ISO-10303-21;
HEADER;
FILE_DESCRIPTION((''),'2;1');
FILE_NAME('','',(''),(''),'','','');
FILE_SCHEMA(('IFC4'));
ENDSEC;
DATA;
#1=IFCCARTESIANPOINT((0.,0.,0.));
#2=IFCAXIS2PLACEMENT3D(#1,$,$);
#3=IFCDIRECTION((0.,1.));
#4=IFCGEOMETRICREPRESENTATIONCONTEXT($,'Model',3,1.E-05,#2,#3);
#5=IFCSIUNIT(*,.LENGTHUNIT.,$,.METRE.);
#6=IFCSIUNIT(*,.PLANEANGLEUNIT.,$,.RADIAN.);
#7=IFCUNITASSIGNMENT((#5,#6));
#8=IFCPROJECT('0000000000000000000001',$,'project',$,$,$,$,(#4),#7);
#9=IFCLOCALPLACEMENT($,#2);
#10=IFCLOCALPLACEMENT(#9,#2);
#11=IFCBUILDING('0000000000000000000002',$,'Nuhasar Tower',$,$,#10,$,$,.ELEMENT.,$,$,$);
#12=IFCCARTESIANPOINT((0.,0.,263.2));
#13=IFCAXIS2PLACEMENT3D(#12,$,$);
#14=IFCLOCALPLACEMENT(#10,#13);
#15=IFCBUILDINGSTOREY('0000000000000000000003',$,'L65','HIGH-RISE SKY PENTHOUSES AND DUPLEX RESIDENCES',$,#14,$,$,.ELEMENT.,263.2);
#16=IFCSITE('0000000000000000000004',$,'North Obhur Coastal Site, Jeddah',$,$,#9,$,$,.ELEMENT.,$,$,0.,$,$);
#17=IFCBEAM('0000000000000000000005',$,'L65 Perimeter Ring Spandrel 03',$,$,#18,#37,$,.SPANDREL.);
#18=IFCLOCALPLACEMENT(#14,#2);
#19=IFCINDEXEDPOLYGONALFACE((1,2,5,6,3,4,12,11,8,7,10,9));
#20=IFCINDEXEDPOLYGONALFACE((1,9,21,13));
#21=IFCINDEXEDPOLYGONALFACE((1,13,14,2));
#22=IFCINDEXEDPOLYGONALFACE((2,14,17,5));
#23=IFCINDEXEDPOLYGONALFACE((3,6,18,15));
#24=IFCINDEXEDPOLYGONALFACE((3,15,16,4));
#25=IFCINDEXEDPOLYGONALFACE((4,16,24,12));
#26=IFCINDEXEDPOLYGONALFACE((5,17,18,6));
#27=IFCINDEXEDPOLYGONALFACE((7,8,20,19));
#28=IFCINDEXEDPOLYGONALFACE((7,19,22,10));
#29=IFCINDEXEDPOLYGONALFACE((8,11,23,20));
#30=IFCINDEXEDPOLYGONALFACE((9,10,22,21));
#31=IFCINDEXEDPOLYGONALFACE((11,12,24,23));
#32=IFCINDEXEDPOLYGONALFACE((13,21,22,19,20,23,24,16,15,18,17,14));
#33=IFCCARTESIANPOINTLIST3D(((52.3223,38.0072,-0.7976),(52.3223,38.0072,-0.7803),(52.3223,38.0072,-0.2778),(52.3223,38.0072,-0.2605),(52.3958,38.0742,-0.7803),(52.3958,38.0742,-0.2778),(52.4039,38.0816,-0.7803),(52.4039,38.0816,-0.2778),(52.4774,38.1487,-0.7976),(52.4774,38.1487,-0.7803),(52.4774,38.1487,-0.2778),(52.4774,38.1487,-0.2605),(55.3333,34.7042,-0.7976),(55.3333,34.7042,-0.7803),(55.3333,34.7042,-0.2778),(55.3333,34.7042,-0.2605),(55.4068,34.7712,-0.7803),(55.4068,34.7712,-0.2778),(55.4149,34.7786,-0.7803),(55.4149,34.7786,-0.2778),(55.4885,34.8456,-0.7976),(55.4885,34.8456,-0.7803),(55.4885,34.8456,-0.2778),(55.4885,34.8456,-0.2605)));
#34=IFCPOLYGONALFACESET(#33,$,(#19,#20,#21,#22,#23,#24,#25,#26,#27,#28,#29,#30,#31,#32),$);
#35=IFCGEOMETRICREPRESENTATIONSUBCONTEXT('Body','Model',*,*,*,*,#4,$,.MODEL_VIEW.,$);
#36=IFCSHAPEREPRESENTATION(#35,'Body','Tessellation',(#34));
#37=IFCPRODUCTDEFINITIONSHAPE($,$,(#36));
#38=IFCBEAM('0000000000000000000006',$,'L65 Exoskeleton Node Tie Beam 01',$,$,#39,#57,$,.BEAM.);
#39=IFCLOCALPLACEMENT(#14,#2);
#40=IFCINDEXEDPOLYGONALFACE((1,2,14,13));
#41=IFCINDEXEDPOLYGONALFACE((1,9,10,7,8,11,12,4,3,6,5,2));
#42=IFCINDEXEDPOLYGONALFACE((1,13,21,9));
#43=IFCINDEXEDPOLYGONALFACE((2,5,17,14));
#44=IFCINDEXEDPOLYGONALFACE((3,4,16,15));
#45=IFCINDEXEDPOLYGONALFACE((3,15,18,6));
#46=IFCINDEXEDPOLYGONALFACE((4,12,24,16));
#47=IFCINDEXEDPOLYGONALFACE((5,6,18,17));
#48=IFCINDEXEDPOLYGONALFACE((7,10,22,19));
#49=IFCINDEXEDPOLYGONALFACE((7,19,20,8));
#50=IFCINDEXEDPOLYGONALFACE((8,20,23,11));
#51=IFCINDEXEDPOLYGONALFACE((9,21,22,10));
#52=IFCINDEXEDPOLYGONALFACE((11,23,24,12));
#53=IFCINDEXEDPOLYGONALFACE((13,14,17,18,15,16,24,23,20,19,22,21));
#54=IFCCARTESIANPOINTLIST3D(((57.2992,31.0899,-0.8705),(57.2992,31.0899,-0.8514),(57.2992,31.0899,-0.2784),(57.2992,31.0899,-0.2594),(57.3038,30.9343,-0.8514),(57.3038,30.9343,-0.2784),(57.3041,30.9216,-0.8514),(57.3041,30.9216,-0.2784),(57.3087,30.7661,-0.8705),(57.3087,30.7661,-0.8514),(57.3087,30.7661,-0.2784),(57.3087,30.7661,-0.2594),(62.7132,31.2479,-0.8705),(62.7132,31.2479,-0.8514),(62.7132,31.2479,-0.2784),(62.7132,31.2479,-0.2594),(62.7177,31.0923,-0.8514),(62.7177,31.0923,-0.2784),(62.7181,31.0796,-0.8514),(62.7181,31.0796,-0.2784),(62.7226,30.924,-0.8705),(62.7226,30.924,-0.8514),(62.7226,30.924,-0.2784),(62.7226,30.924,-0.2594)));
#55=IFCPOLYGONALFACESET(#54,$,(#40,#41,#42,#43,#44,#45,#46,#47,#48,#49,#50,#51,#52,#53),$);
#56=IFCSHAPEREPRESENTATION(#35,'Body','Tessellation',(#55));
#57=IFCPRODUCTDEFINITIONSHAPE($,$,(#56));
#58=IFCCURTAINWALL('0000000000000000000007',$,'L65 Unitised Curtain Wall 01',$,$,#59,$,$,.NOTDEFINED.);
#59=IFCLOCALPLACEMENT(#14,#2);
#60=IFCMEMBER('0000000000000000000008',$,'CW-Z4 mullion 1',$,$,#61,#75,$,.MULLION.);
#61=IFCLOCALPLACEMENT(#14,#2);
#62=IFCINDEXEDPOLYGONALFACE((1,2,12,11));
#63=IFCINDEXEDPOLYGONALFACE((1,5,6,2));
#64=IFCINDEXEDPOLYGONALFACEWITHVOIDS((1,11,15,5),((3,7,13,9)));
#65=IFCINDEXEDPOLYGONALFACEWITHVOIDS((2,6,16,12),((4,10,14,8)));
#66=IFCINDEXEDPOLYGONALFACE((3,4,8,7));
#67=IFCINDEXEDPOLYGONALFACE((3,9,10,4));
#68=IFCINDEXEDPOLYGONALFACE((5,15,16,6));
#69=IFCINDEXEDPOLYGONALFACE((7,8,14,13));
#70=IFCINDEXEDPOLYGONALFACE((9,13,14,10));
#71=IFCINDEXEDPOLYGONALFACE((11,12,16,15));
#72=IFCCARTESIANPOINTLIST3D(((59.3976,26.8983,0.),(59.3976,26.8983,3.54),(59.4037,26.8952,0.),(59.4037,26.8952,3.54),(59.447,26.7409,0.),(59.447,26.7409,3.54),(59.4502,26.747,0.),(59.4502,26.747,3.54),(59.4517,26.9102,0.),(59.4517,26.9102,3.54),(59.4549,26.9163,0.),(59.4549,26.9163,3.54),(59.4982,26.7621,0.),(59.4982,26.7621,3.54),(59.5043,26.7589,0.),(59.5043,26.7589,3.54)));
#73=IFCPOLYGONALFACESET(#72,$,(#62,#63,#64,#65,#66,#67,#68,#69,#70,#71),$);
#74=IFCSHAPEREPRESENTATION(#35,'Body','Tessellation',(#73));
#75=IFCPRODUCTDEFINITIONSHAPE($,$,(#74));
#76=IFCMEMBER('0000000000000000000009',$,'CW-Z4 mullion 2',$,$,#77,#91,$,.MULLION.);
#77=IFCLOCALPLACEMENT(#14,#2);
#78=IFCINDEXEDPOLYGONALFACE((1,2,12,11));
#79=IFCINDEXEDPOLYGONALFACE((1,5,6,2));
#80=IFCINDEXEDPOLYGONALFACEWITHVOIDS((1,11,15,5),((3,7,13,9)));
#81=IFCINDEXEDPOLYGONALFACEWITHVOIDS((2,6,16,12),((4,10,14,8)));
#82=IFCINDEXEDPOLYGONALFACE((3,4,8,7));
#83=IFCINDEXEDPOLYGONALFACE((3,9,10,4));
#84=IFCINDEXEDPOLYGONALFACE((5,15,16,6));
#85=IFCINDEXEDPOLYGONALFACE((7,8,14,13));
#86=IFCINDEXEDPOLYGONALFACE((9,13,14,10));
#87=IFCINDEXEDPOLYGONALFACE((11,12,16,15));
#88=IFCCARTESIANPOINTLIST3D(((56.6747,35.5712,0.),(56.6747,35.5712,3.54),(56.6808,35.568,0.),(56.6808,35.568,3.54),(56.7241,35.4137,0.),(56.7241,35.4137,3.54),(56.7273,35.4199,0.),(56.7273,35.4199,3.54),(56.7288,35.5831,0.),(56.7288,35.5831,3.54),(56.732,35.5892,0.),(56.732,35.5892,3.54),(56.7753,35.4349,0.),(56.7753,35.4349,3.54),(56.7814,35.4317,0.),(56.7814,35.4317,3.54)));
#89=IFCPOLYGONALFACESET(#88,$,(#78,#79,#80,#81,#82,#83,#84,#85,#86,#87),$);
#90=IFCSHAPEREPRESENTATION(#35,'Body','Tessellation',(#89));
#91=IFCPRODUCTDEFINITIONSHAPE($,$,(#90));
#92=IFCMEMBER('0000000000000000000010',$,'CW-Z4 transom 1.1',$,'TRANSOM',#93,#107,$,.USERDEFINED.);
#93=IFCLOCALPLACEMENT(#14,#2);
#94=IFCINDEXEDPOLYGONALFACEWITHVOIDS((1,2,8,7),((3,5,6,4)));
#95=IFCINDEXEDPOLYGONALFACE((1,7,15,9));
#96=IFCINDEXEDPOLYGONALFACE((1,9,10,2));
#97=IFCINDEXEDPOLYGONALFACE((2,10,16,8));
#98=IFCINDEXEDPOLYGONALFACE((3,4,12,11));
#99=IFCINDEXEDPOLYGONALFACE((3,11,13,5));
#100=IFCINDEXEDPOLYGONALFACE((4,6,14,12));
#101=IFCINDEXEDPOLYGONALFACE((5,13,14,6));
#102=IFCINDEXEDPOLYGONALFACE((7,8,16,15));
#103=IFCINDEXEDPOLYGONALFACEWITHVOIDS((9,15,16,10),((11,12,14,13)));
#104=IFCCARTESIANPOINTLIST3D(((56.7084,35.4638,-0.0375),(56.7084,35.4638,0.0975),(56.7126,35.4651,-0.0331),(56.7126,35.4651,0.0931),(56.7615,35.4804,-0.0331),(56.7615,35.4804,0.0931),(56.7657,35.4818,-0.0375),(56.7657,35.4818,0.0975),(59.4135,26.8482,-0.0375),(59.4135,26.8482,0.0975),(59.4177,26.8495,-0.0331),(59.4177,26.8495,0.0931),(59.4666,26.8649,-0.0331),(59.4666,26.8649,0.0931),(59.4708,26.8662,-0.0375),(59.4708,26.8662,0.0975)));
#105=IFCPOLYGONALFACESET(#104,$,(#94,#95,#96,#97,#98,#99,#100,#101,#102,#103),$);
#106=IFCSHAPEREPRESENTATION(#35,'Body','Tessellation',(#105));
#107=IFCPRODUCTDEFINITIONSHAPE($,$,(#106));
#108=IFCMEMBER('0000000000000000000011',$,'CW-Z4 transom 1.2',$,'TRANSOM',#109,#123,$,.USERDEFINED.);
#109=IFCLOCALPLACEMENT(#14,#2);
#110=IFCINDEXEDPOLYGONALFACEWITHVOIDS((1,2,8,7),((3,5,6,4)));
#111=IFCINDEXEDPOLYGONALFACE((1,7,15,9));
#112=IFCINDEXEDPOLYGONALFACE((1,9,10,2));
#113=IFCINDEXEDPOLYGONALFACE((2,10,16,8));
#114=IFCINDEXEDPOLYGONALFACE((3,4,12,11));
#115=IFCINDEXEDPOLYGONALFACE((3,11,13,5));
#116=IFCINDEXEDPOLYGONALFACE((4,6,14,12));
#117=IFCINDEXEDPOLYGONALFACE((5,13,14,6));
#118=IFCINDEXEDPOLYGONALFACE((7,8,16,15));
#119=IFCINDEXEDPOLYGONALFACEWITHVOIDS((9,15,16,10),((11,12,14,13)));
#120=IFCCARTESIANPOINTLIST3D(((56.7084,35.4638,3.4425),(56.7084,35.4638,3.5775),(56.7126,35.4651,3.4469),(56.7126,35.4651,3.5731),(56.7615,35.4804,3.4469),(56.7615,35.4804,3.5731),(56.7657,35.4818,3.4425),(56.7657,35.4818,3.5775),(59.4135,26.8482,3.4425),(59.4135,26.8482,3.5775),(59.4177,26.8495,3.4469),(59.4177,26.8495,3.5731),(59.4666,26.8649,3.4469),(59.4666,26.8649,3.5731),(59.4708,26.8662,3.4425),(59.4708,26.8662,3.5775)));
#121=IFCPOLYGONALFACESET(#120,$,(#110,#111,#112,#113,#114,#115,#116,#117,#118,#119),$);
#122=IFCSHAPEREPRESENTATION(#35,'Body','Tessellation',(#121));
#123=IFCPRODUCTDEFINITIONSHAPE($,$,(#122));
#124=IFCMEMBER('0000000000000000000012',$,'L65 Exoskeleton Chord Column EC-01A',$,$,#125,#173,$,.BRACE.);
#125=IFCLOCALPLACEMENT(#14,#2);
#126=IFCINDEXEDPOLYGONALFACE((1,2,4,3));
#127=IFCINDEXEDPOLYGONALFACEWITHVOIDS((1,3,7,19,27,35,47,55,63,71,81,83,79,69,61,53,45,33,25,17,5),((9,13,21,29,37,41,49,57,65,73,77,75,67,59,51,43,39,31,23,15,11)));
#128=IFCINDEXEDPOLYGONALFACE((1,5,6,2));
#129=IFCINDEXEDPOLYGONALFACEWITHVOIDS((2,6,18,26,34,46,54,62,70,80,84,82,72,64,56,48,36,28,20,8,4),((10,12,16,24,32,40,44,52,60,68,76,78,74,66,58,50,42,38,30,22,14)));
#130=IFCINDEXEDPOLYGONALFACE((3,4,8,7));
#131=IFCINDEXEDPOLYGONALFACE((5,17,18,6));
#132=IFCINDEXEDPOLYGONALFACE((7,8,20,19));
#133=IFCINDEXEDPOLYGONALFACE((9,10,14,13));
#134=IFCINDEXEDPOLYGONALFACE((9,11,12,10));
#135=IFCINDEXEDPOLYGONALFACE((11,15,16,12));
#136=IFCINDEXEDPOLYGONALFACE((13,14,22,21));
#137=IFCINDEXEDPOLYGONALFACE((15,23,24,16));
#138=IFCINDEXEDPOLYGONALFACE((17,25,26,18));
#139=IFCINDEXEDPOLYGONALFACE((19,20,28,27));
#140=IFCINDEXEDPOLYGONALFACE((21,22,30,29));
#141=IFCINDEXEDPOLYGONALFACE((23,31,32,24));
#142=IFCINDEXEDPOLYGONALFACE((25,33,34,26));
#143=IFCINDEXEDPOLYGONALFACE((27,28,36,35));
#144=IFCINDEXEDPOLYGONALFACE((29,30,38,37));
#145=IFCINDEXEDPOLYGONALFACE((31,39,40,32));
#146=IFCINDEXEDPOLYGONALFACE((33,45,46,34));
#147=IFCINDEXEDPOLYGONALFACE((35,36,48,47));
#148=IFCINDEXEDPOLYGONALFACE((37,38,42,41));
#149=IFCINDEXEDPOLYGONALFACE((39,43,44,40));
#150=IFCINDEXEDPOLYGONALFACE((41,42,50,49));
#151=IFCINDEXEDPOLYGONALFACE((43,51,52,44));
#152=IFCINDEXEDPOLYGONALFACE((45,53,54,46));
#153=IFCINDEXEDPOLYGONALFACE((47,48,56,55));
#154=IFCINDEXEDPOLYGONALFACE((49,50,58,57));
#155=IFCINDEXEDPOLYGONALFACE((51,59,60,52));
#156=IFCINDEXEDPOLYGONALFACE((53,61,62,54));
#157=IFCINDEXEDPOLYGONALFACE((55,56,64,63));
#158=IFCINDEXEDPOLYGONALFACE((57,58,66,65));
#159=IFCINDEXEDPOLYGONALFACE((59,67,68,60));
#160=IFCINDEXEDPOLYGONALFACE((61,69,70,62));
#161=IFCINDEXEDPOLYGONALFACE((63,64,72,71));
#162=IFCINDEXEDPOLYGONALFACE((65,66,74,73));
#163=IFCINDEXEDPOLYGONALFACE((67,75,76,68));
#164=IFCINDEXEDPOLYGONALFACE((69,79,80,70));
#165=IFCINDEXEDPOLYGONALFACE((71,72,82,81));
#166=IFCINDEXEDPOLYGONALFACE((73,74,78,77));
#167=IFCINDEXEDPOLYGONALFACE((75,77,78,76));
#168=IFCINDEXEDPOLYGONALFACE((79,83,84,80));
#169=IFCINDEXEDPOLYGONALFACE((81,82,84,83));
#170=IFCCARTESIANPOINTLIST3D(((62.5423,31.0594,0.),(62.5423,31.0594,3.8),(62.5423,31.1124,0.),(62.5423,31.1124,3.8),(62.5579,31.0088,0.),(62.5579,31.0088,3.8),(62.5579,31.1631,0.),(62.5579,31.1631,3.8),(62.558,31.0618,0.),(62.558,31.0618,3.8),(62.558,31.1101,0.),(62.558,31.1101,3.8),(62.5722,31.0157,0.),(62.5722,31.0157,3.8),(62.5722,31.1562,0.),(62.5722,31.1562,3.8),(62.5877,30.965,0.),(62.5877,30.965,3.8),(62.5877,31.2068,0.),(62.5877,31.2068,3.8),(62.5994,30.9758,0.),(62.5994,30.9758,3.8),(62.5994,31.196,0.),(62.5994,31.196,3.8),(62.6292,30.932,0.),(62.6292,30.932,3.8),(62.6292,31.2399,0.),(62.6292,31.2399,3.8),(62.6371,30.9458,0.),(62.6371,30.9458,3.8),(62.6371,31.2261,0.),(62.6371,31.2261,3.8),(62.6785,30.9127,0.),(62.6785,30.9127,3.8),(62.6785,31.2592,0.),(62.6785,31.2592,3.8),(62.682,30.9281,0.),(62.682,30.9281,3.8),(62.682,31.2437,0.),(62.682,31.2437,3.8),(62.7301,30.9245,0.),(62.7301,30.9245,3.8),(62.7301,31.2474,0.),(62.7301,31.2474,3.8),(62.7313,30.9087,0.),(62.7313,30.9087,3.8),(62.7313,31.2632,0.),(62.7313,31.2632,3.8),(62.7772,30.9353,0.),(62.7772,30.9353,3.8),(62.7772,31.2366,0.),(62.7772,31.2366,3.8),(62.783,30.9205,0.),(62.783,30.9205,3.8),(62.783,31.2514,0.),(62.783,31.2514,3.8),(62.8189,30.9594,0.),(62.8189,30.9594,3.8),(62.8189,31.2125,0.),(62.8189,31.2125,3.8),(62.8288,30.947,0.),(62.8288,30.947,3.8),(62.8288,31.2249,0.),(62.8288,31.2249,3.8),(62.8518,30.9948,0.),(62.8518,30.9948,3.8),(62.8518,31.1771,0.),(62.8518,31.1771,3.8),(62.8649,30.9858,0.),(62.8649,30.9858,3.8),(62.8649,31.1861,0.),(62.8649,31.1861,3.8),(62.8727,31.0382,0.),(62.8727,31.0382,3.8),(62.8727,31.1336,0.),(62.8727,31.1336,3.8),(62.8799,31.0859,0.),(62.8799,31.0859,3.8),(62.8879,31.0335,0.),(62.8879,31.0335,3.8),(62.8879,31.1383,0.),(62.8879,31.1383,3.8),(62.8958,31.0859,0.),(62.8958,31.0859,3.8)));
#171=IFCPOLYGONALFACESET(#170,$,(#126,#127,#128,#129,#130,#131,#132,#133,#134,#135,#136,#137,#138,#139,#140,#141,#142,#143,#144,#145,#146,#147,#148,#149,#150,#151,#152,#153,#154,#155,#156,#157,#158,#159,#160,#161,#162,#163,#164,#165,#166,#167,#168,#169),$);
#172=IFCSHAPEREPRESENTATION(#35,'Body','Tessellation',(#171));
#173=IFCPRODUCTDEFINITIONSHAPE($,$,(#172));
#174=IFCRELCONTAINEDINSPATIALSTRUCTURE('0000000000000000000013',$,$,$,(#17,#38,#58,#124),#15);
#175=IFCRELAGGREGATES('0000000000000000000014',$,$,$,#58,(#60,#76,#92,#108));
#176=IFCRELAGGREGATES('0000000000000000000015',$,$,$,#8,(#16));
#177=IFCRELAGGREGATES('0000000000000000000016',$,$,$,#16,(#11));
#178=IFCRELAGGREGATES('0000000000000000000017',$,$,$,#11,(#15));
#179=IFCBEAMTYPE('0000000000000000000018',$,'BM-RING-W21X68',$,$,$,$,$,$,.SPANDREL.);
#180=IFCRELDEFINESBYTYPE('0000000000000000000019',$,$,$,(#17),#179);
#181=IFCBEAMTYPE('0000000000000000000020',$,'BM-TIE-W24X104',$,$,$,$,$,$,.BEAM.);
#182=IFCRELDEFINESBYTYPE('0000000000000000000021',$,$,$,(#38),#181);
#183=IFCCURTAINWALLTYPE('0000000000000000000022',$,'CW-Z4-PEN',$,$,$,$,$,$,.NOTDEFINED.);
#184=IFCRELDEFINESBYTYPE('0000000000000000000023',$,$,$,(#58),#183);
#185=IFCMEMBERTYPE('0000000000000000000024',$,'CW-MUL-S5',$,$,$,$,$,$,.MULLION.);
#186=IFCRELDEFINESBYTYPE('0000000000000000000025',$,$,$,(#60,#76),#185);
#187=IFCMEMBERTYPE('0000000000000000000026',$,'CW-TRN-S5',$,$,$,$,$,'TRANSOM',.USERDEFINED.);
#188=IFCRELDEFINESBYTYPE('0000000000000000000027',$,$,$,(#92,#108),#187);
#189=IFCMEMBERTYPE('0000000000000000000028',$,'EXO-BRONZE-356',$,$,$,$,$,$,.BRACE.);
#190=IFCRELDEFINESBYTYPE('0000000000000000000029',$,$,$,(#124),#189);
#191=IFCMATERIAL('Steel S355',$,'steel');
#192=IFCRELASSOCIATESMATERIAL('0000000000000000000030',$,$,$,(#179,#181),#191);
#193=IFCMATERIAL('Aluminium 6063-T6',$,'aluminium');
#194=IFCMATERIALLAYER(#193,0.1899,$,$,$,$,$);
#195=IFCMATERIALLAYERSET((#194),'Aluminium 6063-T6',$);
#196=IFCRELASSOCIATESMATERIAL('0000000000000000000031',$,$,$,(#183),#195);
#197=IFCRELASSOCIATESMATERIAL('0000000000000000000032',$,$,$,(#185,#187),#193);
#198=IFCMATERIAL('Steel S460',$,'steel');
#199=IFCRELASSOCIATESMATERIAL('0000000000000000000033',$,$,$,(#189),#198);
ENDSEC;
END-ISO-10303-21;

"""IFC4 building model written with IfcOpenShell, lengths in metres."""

from ifc_helpers import new_model, si_unit, direction, frame, origin, origin_2d, place, context, subcontext, project, spatial, hollow_rectangle, hollow_circle, i_section, extrude, material, layer, layer_set, material_profile, profile_set, type_object, element, aggregate, save


model = new_model("IFC4")

# Units and contexts
model_context = context("Model", 3, precision=1e-05, world=origin(), true_north=direction((0.0, 1.0)))
body_context = subcontext(model_context, "Body", "Model", "MODEL_VIEW")
ifc_project = project(units=[si_unit("LENGTHUNIT", "METRE"), si_unit("PLANEANGLEUNIT", "RADIAN")], contexts=[model_context])

# Site, building, storey
site_placement = place(None, origin())
site = spatial("IfcSite", under=ifc_project, at=site_placement, Name="North Obhur Coastal Site, Jeddah", CompositionType="ELEMENT", RefElevation=0.0)
building_placement = place(site_placement, origin())
building = spatial("IfcBuilding", under=site, at=building_placement, Name="Nuhasar Tower", CompositionType="ELEMENT")
storey_placement = place(building_placement, frame((0.0, 0.0, 263.2)))
storey = spatial("IfcBuildingStorey", under=building, at=storey_placement, Name="L65", Description="HIGH-RISE SKY PENTHOUSES AND DUPLEX RESIDENCES", CompositionType="ELEMENT", Elevation=263.2)

# Beams
ifc_material_1 = material(Name="Steel S355", Category="steel")
ifc_material_profile_1 = material_profile(ifc_material_1, i_section(OverallWidth=0.21, OverallDepth=0.5371, WebThickness=0.011, FlangeThickness=0.0173, at=origin_2d()), Name="W21X68")
ifc_profile_set_1 = profile_set([ifc_material_profile_1], Name="Steel S355")
beam_type_1 = type_object("IfcBeamType", Name="BM-RING-W21X68", PredefinedType="SPANDREL", material=ifc_profile_set_1)
beam_1_placement = place(storey_placement, frame((55.4109, 34.7749, -0.5291), z_axis=(-0.673686, 0.739017, 0.0), x_axis=(-0.739017, -0.673686, 0.0)))
element("IfcBeam", 1, at=beam_1_placement, inside=storey, type_object=beam_type_1, Name="L65 Perimeter Ring Spandrel 03", PredefinedType="SPANDREL", context=body_context, shape_type="SweptSolid", body=[
    extrude(i_section(OverallWidth=0.21, OverallDepth=0.5371, WebThickness=0.011, FlangeThickness=0.0173, at=origin_2d()), origin(), (0.0, 0.0, 1.0), 4.4695),
])
ifc_material_profile_2 = material_profile(ifc_material_1, i_section(OverallWidth=0.324, OverallDepth=0.6111, WebThickness=0.0127, FlangeThickness=0.019, at=origin_2d()), Name="W24X104")
ifc_profile_set_2 = profile_set([ifc_material_profile_2], Name="Steel S355")
beam_type_2 = type_object("IfcBeamType", Name="BM-TIE-W24X104", PredefinedType="BEAM", material=ifc_profile_set_2)
beam_2_placement = place(storey_placement, frame((57.304, 30.928, -0.5649), z_axis=(0.999575, 0.029163, 0.0), x_axis=(-0.029163, 0.999575, 0.0)))
element("IfcBeam", 2, at=beam_2_placement, inside=storey, type_object=beam_type_2, Name="L65 Exoskeleton Node Tie Beam 01", PredefinedType="BEAM", context=body_context, shape_type="SweptSolid", body=[
    extrude(i_section(OverallWidth=0.324, OverallDepth=0.6111, WebThickness=0.0127, FlangeThickness=0.019, at=origin_2d()), origin(), (0.0, 0.0, 1.0), 5.4163),
])

# Curtain wall, members
ifc_material_2 = material(Name="Aluminium 6063-T6", Category="aluminium")
ifc_layer_1 = layer(ifc_material_2, 0.1899)
ifc_layer_set_1 = layer_set([ifc_layer_1], Name="Aluminium 6063-T6")
curtain_wall_type = type_object("IfcCurtainWallType", Name="CW-Z4-PEN", PredefinedType="NOTDEFINED", material=ifc_layer_set_1)
curtain_wall_placement = place(storey_placement, origin())
curtain_wall = element("IfcCurtainWall", 3, at=curtain_wall_placement, inside=storey, type_object=curtain_wall_type, Name="L65 Unitised Curtain Wall 01", PredefinedType="NOTDEFINED")
ifc_material_profile_3 = material_profile(ifc_material_2, hollow_rectangle(XDim=0.0601, YDim=0.165, WallThickness=0.0049, at=origin_2d()), Name="CWM-5")
ifc_profile_set_3 = profile_set([ifc_material_profile_3], Name="Aluminium 6063-T6")
member_type_1 = type_object("IfcMemberType", Name="CW-MUL-S5", PredefinedType="MULLION", material=ifc_profile_set_3)
member_1_placement = place(storey_placement, frame((59.4509, 26.8286, 0.0), z_axis=(0.0, 0.0, 1.0), x_axis=(-0.954079, -0.299557, 0.0)))
member_1 = element("IfcMember", 4, at=member_1_placement, type_object=member_type_1, Name="CW-Z4 mullion 1", PredefinedType="MULLION", context=body_context, shape_type="SweptSolid", body=[
    extrude(hollow_rectangle(XDim=0.0601, YDim=0.165, WallThickness=0.0049, at=origin_2d()), origin(), (0.0, 0.0, 1.0), 3.54),
])
member_2_placement = place(storey_placement, frame((56.728, 35.5015, 0.0), z_axis=(0.0, 0.0, 1.0), x_axis=(-0.954079, -0.299557, 0.0)))
member_2 = element("IfcMember", 5, at=member_2_placement, type_object=member_type_1, Name="CW-Z4 mullion 2", PredefinedType="MULLION", context=body_context, shape_type="SweptSolid", body=[
    extrude(hollow_rectangle(XDim=0.0601, YDim=0.165, WallThickness=0.0049, at=origin_2d()), origin(), (0.0, 0.0, 1.0), 3.54),
])
ifc_material_profile_4 = material_profile(ifc_material_2, hollow_rectangle(XDim=0.0601, YDim=0.135, WallThickness=0.0044, at=origin_2d()), Name="CWT-5")
ifc_profile_set_4 = profile_set([ifc_material_profile_4], Name="Aluminium 6063-T6")
member_type_2 = type_object("IfcMemberType", Name="CW-TRN-S5", ElementType="TRANSOM", PredefinedType="USERDEFINED", material=ifc_profile_set_4)
member_3_placement = place(storey_placement, frame((59.4421, 26.8572, 0.03), z_axis=(-0.29956, 0.954077, 0.0), x_axis=(-0.954077, -0.29956, 0.0)))
member_3 = element("IfcMember", 6, at=member_3_placement, type_object=member_type_2, Name="CW-Z4 transom 1.1", ObjectType="TRANSOM", PredefinedType="USERDEFINED", context=body_context, shape_type="SweptSolid", body=[
    extrude(hollow_rectangle(XDim=0.0601, YDim=0.135, WallThickness=0.0044, at=origin_2d()), origin(), (0.0, 0.0, 1.0), 9.0303),
])
member_4_placement = place(storey_placement, frame((59.4421, 26.8572, 3.51), z_axis=(-0.29956, 0.954077, 0.0), x_axis=(-0.954077, -0.29956, 0.0)))
member_4 = element("IfcMember", 7, at=member_4_placement, type_object=member_type_2, Name="CW-Z4 transom 1.2", ObjectType="TRANSOM", PredefinedType="USERDEFINED", context=body_context, shape_type="SweptSolid", body=[
    extrude(hollow_rectangle(XDim=0.0601, YDim=0.135, WallThickness=0.0044, at=origin_2d()), origin(), (0.0, 0.0, 1.0), 9.0303),
])

# Member
ifc_material_3 = material(Name="Steel S460", Category="steel")
ifc_material_profile_5 = material_profile(ifc_material_3, hollow_circle(Radius=0.1777, WallThickness=0.0159, at=origin_2d()), Name="HSS355.6X15.9")
ifc_profile_set_5 = profile_set([ifc_material_profile_5], Name="Steel S460")
member_type_3 = type_object("IfcMemberType", Name="EXO-BRONZE-356", PredefinedType="BRACE", material=ifc_profile_set_5)
for number, where, z_axis, x_axis, name in (
    (8, (62.718, 31.0859, 0.0), (0.0, 0.0, 1.0), (1.0, 0.0, 0.0), "L65 Exoskeleton Chord Column EC-01A"),
):
    element("IfcMember", number, at=place(storey_placement, frame(where, z_axis=z_axis, x_axis=x_axis)), inside=storey, type_object=member_type_3, Name=name, PredefinedType="BRACE", context=body_context, shape_type="SweptSolid", body=[
        extrude(hollow_circle(Radius=0.1777, WallThickness=0.0159, at=origin_2d()), origin(), (0.0, 0.0, 1.0), 3.8),
    ])

aggregate(curtain_wall, [member_1, member_2, member_3, member_4])

save(model, "model.ifc")
